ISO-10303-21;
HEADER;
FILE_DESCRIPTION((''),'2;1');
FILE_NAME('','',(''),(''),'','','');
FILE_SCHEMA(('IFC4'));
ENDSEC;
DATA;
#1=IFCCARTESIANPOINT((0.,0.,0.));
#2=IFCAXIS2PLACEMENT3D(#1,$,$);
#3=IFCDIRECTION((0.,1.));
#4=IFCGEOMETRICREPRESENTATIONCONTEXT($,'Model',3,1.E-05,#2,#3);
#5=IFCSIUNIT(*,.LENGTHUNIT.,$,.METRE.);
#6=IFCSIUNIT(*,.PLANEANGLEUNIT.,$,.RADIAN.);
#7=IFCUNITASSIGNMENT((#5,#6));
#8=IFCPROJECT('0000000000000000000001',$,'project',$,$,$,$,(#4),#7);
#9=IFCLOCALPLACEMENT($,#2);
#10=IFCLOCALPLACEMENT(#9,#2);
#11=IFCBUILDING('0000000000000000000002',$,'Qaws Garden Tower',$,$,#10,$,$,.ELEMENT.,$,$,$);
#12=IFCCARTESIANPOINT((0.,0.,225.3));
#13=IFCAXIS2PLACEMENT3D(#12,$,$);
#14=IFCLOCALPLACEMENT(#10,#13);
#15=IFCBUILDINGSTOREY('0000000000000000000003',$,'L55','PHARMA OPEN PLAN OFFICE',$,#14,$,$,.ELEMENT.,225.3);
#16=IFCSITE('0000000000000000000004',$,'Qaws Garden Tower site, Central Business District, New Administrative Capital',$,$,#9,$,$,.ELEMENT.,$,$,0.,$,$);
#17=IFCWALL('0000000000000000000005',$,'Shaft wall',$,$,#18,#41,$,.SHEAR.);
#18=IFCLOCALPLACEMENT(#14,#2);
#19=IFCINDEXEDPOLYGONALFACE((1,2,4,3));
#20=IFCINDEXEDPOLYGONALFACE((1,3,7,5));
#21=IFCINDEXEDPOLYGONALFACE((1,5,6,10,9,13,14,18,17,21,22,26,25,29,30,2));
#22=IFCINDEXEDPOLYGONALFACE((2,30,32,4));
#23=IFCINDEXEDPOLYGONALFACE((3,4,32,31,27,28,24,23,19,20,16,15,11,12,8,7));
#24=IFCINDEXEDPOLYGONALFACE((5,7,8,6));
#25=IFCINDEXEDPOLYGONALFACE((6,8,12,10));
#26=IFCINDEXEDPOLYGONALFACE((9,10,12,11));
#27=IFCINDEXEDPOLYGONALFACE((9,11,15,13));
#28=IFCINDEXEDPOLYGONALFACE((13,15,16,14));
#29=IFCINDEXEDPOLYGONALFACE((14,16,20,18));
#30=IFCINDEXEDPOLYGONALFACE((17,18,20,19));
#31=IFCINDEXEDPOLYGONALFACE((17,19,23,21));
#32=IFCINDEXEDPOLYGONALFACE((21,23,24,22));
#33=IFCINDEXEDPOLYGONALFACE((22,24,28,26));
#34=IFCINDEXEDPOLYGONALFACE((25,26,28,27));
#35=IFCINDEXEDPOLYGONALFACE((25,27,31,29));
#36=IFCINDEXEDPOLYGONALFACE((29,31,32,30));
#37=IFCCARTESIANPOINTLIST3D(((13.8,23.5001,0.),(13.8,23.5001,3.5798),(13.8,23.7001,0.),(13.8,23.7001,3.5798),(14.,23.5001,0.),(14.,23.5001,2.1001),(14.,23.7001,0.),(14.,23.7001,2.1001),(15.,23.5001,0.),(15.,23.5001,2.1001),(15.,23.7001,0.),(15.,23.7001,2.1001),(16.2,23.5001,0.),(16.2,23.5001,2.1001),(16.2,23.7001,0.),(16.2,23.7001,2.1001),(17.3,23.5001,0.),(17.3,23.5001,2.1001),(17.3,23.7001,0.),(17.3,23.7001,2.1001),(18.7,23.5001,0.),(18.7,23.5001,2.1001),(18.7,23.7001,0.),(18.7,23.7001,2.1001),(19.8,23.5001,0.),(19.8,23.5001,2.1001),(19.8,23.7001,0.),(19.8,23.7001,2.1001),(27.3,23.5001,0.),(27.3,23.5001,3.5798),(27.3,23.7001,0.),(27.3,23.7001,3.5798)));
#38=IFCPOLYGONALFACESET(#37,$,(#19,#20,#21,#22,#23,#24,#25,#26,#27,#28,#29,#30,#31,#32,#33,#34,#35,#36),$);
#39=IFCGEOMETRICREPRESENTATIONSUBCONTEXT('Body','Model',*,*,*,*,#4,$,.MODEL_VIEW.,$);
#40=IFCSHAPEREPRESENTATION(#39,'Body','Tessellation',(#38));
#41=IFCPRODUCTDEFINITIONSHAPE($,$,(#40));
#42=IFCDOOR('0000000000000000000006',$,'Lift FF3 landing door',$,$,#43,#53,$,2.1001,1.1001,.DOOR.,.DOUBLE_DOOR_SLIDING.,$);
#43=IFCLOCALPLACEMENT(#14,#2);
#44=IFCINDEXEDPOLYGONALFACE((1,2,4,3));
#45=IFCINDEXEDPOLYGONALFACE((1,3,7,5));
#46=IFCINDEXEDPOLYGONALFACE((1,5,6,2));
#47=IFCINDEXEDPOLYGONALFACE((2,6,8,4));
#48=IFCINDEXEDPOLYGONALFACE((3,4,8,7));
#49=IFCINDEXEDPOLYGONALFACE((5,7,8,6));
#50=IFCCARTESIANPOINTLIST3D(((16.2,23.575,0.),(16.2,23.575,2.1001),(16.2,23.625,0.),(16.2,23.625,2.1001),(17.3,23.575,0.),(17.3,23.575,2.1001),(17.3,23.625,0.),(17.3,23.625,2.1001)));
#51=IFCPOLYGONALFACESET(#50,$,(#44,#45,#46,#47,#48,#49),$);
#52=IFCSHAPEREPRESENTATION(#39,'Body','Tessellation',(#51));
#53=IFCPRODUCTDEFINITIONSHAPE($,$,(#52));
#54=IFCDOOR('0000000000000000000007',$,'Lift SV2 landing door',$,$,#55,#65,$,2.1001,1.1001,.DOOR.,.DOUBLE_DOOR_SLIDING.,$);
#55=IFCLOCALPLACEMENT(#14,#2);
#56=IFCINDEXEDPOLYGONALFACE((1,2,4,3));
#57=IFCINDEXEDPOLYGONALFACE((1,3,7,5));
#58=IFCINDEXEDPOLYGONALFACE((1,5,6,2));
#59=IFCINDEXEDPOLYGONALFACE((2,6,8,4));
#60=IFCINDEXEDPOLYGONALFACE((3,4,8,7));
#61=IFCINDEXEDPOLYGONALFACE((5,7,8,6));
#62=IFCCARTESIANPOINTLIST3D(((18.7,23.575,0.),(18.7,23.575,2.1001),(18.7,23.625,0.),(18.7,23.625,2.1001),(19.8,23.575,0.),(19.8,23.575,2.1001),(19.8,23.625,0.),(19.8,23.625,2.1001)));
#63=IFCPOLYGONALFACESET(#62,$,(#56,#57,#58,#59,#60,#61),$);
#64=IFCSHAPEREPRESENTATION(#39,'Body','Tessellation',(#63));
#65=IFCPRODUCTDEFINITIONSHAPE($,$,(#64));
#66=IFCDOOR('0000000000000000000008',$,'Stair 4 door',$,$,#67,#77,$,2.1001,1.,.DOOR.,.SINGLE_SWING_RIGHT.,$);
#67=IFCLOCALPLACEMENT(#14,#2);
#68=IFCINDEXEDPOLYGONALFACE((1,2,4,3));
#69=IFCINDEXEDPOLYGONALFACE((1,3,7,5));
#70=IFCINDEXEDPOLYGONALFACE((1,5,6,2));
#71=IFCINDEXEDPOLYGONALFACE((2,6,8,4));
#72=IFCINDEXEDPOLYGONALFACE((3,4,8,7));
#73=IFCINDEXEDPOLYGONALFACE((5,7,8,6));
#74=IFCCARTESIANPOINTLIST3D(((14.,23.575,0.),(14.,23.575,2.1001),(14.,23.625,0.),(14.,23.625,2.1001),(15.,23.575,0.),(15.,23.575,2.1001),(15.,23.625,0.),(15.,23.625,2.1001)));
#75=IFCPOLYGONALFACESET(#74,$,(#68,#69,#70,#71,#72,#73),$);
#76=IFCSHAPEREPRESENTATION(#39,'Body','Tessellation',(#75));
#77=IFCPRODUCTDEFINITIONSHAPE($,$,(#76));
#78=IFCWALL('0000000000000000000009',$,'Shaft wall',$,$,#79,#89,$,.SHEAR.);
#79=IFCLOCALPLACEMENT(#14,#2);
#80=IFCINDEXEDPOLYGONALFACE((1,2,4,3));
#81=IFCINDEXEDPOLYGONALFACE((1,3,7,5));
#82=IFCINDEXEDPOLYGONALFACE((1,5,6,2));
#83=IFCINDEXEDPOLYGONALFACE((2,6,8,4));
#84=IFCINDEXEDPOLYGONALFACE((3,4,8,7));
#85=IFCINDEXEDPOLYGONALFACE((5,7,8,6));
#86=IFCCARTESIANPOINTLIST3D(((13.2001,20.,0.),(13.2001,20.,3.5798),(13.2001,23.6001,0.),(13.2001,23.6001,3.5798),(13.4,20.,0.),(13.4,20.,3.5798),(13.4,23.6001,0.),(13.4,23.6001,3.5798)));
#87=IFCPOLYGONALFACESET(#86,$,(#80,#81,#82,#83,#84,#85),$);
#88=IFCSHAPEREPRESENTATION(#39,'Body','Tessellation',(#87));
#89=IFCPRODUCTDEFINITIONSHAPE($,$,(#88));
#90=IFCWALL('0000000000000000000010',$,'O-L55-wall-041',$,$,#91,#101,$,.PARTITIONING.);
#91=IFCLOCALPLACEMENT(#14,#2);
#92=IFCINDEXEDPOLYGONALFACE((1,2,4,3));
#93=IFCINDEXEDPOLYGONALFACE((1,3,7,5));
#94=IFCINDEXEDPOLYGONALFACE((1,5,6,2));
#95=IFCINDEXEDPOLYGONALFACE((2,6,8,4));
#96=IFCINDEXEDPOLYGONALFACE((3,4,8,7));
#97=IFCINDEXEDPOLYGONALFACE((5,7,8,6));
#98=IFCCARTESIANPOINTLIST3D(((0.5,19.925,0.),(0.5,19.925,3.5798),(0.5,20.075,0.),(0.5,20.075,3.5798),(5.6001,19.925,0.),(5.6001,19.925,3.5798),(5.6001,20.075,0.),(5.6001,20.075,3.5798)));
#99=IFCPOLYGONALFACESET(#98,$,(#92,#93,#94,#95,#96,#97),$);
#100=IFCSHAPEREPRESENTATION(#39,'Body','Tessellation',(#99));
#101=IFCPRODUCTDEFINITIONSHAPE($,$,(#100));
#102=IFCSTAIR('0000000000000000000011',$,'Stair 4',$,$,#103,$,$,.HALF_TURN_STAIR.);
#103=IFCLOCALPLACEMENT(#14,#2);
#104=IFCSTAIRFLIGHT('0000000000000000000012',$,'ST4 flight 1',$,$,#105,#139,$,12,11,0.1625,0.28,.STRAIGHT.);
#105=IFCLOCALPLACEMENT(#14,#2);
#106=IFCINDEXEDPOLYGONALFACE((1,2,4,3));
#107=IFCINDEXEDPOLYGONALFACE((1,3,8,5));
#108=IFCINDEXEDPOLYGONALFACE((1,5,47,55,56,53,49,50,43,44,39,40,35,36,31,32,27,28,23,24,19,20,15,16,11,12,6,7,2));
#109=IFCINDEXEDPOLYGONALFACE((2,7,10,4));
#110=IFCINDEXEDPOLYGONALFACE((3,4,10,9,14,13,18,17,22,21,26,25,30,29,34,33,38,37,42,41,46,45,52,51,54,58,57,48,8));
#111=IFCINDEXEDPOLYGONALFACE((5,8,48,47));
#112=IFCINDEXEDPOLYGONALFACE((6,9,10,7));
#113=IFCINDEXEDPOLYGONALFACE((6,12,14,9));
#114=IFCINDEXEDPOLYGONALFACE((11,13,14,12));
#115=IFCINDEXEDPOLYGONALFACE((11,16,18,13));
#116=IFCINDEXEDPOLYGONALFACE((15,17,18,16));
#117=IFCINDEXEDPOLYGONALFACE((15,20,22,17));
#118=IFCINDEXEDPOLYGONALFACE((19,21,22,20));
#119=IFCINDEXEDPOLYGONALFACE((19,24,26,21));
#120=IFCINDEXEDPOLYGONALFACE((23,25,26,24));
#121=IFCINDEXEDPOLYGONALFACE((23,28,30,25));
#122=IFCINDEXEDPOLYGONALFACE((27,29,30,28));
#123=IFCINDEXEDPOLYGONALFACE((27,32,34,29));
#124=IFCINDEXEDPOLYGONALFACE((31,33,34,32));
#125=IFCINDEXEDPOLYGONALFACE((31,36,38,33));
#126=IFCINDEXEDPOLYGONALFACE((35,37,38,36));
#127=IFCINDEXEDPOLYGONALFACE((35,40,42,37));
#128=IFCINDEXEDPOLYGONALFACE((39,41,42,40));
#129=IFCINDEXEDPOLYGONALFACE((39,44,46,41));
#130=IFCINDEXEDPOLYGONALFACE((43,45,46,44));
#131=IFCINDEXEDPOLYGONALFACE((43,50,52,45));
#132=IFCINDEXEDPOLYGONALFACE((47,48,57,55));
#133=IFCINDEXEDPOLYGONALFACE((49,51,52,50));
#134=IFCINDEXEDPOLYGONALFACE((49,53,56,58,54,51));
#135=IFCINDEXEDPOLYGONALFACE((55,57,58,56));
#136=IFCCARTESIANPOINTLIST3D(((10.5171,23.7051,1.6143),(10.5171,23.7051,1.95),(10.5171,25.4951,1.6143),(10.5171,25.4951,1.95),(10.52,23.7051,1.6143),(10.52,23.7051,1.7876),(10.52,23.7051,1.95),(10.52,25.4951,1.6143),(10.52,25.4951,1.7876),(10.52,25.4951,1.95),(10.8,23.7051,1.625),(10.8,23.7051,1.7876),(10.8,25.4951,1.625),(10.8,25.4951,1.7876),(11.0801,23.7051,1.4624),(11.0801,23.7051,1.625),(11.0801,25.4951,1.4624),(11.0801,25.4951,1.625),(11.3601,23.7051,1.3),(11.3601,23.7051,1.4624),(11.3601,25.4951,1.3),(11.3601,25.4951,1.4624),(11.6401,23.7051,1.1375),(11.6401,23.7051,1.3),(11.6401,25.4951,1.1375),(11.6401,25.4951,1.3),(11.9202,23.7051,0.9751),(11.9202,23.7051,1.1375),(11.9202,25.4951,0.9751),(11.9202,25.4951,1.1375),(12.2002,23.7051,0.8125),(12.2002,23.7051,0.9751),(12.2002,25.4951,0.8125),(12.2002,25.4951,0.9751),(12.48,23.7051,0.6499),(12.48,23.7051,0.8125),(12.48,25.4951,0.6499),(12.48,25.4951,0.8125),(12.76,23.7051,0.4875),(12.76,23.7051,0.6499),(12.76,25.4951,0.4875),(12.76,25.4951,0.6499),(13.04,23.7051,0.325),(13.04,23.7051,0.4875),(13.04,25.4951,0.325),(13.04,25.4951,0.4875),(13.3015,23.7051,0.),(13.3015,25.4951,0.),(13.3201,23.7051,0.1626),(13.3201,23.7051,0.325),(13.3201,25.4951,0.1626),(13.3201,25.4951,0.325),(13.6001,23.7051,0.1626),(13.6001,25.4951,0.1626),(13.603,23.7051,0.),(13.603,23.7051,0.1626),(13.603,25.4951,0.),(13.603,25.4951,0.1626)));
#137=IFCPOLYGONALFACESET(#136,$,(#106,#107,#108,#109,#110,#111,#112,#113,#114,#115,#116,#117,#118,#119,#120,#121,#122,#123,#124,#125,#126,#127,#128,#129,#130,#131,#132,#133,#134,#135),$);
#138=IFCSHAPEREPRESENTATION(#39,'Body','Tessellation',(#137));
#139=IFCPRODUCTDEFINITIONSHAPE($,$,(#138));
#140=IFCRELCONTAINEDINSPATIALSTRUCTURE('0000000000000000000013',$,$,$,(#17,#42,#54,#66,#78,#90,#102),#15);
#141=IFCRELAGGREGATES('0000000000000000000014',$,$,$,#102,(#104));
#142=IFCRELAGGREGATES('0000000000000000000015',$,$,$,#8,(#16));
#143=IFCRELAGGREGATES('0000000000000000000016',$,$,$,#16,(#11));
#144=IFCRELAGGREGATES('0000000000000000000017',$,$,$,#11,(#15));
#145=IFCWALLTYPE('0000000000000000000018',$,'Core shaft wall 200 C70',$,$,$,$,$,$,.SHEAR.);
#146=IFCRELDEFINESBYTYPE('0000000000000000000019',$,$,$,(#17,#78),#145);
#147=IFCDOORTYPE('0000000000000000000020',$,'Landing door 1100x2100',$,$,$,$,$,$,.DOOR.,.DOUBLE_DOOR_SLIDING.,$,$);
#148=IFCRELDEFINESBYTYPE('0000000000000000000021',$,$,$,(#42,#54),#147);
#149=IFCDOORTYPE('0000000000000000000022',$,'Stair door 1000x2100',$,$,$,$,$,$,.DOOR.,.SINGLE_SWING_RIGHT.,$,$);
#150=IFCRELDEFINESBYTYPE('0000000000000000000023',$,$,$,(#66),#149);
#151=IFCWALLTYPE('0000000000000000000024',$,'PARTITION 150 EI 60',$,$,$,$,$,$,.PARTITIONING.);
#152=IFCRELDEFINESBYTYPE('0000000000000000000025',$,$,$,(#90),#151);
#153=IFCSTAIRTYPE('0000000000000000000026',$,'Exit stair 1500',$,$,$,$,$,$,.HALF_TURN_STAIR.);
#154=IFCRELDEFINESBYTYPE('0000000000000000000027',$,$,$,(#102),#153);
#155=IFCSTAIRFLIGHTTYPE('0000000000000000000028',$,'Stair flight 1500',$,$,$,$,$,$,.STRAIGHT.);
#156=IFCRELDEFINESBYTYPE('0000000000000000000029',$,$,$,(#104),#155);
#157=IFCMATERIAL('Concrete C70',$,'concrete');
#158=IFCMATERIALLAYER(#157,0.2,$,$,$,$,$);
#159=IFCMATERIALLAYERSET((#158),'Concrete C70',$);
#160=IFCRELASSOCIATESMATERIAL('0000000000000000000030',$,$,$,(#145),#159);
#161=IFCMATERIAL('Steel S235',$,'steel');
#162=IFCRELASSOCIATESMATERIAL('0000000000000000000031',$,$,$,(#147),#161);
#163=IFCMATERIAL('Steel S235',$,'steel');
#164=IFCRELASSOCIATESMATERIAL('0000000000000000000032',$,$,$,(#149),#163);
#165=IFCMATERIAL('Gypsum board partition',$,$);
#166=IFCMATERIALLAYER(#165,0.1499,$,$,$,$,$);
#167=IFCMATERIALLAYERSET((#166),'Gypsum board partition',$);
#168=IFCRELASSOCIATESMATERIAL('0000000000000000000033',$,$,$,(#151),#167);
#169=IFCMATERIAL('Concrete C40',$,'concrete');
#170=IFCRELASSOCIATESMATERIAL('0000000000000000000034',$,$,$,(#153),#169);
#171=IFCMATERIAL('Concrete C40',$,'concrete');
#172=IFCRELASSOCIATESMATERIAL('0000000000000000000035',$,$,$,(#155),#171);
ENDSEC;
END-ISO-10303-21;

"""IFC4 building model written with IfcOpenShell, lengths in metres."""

from ifc_helpers import new_model, si_unit, direction, frame, frame_2d, origin, place, context, subcontext, project, spatial, polyline, rectangle, outline, extrude, material, layer, layer_set, type_object, element, fill, aggregate, save


model = new_model("IFC4")

# Units and contexts
model_context = context("Model", 3, precision=1e-05, world=origin(), true_north=direction((0.0, 1.0)))
body_context = subcontext(model_context, "Body", "Model", "MODEL_VIEW")
ifc_project = project(units=[si_unit("LENGTHUNIT", "METRE"), si_unit("PLANEANGLEUNIT", "RADIAN")], contexts=[model_context])

# Site, building, storey
site_placement = place(None, origin())
site = spatial("IfcSite", under=ifc_project, at=site_placement, Name="Qaws Garden Tower site, Central Business District, New Administrative Capital", CompositionType="ELEMENT", RefElevation=0.0)
building_placement = place(site_placement, origin())
building = spatial("IfcBuilding", under=site, at=building_placement, Name="Qaws Garden Tower", CompositionType="ELEMENT")
storey_placement = place(building_placement, frame((0.0, 0.0, 225.3)))
storey = spatial("IfcBuildingStorey", under=building, at=storey_placement, Name="L55", Description="PHARMA OPEN PLAN OFFICE", CompositionType="ELEMENT", Elevation=225.3)

# Shared definitions
ifc_material_1 = material(Name="Concrete C70", Category="concrete")
ifc_layer_1 = layer(ifc_material_1, 0.2)
ifc_layer_set_1 = layer_set([ifc_layer_1], Name="Concrete C70")
wall_type_1 = type_object("IfcWallType", Name="Core shaft wall 200 C70", PredefinedType="SHEAR", material=ifc_layer_set_1)

# Wall, openings, doors
wall_1_placement = place(storey_placement, frame((13.8, 23.6001, 0.0), z_axis=(0.0, 0.0, 1.0), x_axis=(1.0, 0.0, 0.0)))
wall_1 = element("IfcWall", 1, at=wall_1_placement, inside=storey, type_object=wall_type_1, Name="Shaft wall", PredefinedType="SHEAR", context=body_context, shape_type="SweptSolid", body=[
    extrude(rectangle(XDim=13.5, YDim=0.2, at=frame_2d((6.75, 0.0))), origin(), (0.0, 0.0, 1.0), 3.5798),
])
opening_1_placement = place(wall_1_placement, frame((2.3999, 0.0, 0.0)))
opening_1 = element("IfcOpeningElement", 2, at=opening_1_placement, cuts=wall_1, PredefinedType="OPENING", context=body_context, shape_type="SweptSolid", body=[
    extrude(rectangle(XDim=1.1001, YDim=2.1001, at=frame_2d((0.55, 1.05))), frame((0.0, 0.1099, 0.0), z_axis=(0.0, -1.0, 0.0), x_axis=(1.0, 0.0, 0.0)), (0.0, 0.0, 1.0), 0.22),
])
opening_2_placement = place(wall_1_placement, frame((4.8999, 0.0, 0.0)))
opening_2 = element("IfcOpeningElement", 3, at=opening_2_placement, cuts=wall_1, PredefinedType="OPENING", context=body_context, shape_type="SweptSolid", body=[
    extrude(rectangle(XDim=1.1001, YDim=2.1001, at=frame_2d((0.55, 1.05))), frame((0.0, 0.1099, 0.0), z_axis=(0.0, -1.0, 0.0), x_axis=(1.0, 0.0, 0.0)), (0.0, 0.0, 1.0), 0.22),
])
opening_3_placement = place(wall_1_placement, frame((0.2, 0.0, 0.0)))
opening_3 = element("IfcOpeningElement", 4, at=opening_3_placement, cuts=wall_1, PredefinedType="OPENING", context=body_context, shape_type="SweptSolid", body=[
    extrude(rectangle(XDim=1.0, YDim=2.1001, at=frame_2d((0.5, 1.05))), frame((0.0, 0.1099, 0.0), z_axis=(0.0, -1.0, 0.0), x_axis=(1.0, 0.0, 0.0)), (0.0, 0.0, 1.0), 0.22),
])
ifc_material_2 = material(Name="Steel S235", Category="steel")
door_type_1 = type_object("IfcDoorType", Name="Landing door 1100x2100", OperationType="DOUBLE_DOOR_SLIDING", PredefinedType="DOOR", material=ifc_material_2)
door_1_placement = place(opening_1_placement, origin())
door_1 = element("IfcDoor", 5, at=door_1_placement, inside=storey, type_object=door_type_1, Name="Lift FF3 landing door", OperationType="DOUBLE_DOOR_SLIDING", OverallHeight=2.1001, OverallWidth=1.1001, PredefinedType="DOOR", context=body_context, shape_type="SweptSolid", body=[
    extrude(rectangle(XDim=1.1001, YDim=2.1001, at=frame_2d((0.55, 1.05))), frame((0.0, 0.0249, 0.0), z_axis=(0.0, -1.0, 0.0), x_axis=(1.0, 0.0, 0.0)), (0.0, 0.0, 1.0), 0.05),
])
fill(opening_1, door_1)
door_2_placement = place(opening_2_placement, origin())
door_2 = element("IfcDoor", 6, at=door_2_placement, inside=storey, type_object=door_type_1, Name="Lift SV2 landing door", OperationType="DOUBLE_DOOR_SLIDING", OverallHeight=2.1001, OverallWidth=1.1001, PredefinedType="DOOR", context=body_context, shape_type="SweptSolid", body=[
    extrude(rectangle(XDim=1.1001, YDim=2.1001, at=frame_2d((0.55, 1.05))), frame((0.0, 0.0249, 0.0), z_axis=(0.0, -1.0, 0.0), x_axis=(1.0, 0.0, 0.0)), (0.0, 0.0, 1.0), 0.05),
])
fill(opening_2, door_2)
ifc_material_3 = material(Name="Steel S235", Category="steel")
door_type_2 = type_object("IfcDoorType", Name="Stair door 1000x2100", OperationType="SINGLE_SWING_RIGHT", PredefinedType="DOOR", material=ifc_material_3)
door_3_placement = place(opening_3_placement, origin())
door_3 = element("IfcDoor", 7, at=door_3_placement, inside=storey, type_object=door_type_2, Name="Stair 4 door", OperationType="SINGLE_SWING_RIGHT", OverallHeight=2.1001, OverallWidth=1.0, PredefinedType="DOOR", context=body_context, shape_type="SweptSolid", body=[
    extrude(rectangle(XDim=1.0, YDim=2.1001, at=frame_2d((0.5, 1.05))), frame((0.0, 0.0249, 0.0), z_axis=(0.0, -1.0, 0.0), x_axis=(1.0, 0.0, 0.0)), (0.0, 0.0, 1.0), 0.05),
])
fill(opening_3, door_3)

# Walls
wall_2_placement = place(storey_placement, frame((13.3, 20.0, 0.0), z_axis=(0.0, 0.0, 1.0), x_axis=(0.0, 1.0, 0.0)))
element("IfcWall", 8, at=wall_2_placement, inside=storey, type_object=wall_type_1, Name="Shaft wall", PredefinedType="SHEAR", context=body_context, shape_type="SweptSolid", body=[
    extrude(rectangle(XDim=3.6001, YDim=0.2, at=frame_2d((1.8, 0.0))), origin(), (0.0, 0.0, 1.0), 3.5798),
])
ifc_material_4 = material(Name="Gypsum board partition")
ifc_layer_2 = layer(ifc_material_4, 0.1499)
ifc_layer_set_2 = layer_set([ifc_layer_2], Name="Gypsum board partition")
wall_type_2 = type_object("IfcWallType", Name="PARTITION 150 EI 60", PredefinedType="PARTITIONING", material=ifc_layer_set_2)
wall_3_placement = place(storey_placement, frame((0.5, 20.0, 0.0), z_axis=(0.0, 0.0, 1.0), x_axis=(1.0, 0.0, 0.0)))
element("IfcWall", 9, at=wall_3_placement, inside=storey, type_object=wall_type_2, Name="O-L55-wall-041", PredefinedType="PARTITIONING", context=body_context, shape_type="SweptSolid", body=[
    extrude(rectangle(XDim=5.1001, YDim=0.1499, at=frame_2d((2.55, 0.0))), origin(), (0.0, 0.0, 1.0), 3.5798),
])

# Stair, stair flight
ifc_material_5 = material(Name="Concrete C40", Category="concrete")
stair_type = type_object("IfcStairType", Name="Exit stair 1500", PredefinedType="HALF_TURN_STAIR", material=ifc_material_5)
stair_placement = place(storey_placement, origin())
stair = element("IfcStair", 10, at=stair_placement, inside=storey, type_object=stair_type, Name="Stair 4", PredefinedType="HALF_TURN_STAIR")
ifc_material_6 = material(Name="Concrete C40", Category="concrete")
stair_flight_type = type_object("IfcStairFlightType", Name="Stair flight 1500", PredefinedType="STRAIGHT", material=ifc_material_6)
stair_flight_placement = place(storey_placement, frame((13.6001, 24.6001, 0.0), z_axis=(0.0, 0.0, 1.0), x_axis=(-1.0, 0.0, 0.0)))
stair_flight = element("IfcStairFlight", 11, at=stair_flight_placement, type_object=stair_flight_type, Name="ST4 flight 1", NumberOfRisers=12, NumberOfTreads=11, PredefinedType="STRAIGHT", RiserHeight=0.1625, TreadLength=0.28, context=body_context, shape_type="SweptSolid", body=[
    extrude(outline(polyline([(-0.0029, 0.0), (-0.0029, 0.1626), (0.0, 0.1626), (0.28, 0.1626), (0.28, 0.325), (0.5601, 0.325), (0.5601, 0.4875), (0.8401, 0.4875), (0.8401, 0.6499), (1.1201, 0.6499), (1.1201, 0.8125), (1.3999, 0.8125), (1.3999, 0.9751), (1.6799, 0.9751), (1.6799, 1.1375), (1.96, 1.1375), (1.96, 1.3), (2.24, 1.3), (2.24, 1.4624), (2.52, 1.4624), (2.52, 1.625), (2.8, 1.625), (2.8, 1.7876), (3.0801, 1.7876), (3.0801, 1.95), (3.083, 1.95), (3.083, 1.6143), (3.0801, 1.6143), (0.2986, 0.0), (-0.0029, 0.0)])), frame((0.0, 0.895, 0.0), z_axis=(0.0, -1.0, 0.0), x_axis=(1.0, 0.0, 0.0)), (0.0, 0.0, 1.0), 1.79),
])
aggregate(stair, [stair_flight])

save(model, "model.ifc")
